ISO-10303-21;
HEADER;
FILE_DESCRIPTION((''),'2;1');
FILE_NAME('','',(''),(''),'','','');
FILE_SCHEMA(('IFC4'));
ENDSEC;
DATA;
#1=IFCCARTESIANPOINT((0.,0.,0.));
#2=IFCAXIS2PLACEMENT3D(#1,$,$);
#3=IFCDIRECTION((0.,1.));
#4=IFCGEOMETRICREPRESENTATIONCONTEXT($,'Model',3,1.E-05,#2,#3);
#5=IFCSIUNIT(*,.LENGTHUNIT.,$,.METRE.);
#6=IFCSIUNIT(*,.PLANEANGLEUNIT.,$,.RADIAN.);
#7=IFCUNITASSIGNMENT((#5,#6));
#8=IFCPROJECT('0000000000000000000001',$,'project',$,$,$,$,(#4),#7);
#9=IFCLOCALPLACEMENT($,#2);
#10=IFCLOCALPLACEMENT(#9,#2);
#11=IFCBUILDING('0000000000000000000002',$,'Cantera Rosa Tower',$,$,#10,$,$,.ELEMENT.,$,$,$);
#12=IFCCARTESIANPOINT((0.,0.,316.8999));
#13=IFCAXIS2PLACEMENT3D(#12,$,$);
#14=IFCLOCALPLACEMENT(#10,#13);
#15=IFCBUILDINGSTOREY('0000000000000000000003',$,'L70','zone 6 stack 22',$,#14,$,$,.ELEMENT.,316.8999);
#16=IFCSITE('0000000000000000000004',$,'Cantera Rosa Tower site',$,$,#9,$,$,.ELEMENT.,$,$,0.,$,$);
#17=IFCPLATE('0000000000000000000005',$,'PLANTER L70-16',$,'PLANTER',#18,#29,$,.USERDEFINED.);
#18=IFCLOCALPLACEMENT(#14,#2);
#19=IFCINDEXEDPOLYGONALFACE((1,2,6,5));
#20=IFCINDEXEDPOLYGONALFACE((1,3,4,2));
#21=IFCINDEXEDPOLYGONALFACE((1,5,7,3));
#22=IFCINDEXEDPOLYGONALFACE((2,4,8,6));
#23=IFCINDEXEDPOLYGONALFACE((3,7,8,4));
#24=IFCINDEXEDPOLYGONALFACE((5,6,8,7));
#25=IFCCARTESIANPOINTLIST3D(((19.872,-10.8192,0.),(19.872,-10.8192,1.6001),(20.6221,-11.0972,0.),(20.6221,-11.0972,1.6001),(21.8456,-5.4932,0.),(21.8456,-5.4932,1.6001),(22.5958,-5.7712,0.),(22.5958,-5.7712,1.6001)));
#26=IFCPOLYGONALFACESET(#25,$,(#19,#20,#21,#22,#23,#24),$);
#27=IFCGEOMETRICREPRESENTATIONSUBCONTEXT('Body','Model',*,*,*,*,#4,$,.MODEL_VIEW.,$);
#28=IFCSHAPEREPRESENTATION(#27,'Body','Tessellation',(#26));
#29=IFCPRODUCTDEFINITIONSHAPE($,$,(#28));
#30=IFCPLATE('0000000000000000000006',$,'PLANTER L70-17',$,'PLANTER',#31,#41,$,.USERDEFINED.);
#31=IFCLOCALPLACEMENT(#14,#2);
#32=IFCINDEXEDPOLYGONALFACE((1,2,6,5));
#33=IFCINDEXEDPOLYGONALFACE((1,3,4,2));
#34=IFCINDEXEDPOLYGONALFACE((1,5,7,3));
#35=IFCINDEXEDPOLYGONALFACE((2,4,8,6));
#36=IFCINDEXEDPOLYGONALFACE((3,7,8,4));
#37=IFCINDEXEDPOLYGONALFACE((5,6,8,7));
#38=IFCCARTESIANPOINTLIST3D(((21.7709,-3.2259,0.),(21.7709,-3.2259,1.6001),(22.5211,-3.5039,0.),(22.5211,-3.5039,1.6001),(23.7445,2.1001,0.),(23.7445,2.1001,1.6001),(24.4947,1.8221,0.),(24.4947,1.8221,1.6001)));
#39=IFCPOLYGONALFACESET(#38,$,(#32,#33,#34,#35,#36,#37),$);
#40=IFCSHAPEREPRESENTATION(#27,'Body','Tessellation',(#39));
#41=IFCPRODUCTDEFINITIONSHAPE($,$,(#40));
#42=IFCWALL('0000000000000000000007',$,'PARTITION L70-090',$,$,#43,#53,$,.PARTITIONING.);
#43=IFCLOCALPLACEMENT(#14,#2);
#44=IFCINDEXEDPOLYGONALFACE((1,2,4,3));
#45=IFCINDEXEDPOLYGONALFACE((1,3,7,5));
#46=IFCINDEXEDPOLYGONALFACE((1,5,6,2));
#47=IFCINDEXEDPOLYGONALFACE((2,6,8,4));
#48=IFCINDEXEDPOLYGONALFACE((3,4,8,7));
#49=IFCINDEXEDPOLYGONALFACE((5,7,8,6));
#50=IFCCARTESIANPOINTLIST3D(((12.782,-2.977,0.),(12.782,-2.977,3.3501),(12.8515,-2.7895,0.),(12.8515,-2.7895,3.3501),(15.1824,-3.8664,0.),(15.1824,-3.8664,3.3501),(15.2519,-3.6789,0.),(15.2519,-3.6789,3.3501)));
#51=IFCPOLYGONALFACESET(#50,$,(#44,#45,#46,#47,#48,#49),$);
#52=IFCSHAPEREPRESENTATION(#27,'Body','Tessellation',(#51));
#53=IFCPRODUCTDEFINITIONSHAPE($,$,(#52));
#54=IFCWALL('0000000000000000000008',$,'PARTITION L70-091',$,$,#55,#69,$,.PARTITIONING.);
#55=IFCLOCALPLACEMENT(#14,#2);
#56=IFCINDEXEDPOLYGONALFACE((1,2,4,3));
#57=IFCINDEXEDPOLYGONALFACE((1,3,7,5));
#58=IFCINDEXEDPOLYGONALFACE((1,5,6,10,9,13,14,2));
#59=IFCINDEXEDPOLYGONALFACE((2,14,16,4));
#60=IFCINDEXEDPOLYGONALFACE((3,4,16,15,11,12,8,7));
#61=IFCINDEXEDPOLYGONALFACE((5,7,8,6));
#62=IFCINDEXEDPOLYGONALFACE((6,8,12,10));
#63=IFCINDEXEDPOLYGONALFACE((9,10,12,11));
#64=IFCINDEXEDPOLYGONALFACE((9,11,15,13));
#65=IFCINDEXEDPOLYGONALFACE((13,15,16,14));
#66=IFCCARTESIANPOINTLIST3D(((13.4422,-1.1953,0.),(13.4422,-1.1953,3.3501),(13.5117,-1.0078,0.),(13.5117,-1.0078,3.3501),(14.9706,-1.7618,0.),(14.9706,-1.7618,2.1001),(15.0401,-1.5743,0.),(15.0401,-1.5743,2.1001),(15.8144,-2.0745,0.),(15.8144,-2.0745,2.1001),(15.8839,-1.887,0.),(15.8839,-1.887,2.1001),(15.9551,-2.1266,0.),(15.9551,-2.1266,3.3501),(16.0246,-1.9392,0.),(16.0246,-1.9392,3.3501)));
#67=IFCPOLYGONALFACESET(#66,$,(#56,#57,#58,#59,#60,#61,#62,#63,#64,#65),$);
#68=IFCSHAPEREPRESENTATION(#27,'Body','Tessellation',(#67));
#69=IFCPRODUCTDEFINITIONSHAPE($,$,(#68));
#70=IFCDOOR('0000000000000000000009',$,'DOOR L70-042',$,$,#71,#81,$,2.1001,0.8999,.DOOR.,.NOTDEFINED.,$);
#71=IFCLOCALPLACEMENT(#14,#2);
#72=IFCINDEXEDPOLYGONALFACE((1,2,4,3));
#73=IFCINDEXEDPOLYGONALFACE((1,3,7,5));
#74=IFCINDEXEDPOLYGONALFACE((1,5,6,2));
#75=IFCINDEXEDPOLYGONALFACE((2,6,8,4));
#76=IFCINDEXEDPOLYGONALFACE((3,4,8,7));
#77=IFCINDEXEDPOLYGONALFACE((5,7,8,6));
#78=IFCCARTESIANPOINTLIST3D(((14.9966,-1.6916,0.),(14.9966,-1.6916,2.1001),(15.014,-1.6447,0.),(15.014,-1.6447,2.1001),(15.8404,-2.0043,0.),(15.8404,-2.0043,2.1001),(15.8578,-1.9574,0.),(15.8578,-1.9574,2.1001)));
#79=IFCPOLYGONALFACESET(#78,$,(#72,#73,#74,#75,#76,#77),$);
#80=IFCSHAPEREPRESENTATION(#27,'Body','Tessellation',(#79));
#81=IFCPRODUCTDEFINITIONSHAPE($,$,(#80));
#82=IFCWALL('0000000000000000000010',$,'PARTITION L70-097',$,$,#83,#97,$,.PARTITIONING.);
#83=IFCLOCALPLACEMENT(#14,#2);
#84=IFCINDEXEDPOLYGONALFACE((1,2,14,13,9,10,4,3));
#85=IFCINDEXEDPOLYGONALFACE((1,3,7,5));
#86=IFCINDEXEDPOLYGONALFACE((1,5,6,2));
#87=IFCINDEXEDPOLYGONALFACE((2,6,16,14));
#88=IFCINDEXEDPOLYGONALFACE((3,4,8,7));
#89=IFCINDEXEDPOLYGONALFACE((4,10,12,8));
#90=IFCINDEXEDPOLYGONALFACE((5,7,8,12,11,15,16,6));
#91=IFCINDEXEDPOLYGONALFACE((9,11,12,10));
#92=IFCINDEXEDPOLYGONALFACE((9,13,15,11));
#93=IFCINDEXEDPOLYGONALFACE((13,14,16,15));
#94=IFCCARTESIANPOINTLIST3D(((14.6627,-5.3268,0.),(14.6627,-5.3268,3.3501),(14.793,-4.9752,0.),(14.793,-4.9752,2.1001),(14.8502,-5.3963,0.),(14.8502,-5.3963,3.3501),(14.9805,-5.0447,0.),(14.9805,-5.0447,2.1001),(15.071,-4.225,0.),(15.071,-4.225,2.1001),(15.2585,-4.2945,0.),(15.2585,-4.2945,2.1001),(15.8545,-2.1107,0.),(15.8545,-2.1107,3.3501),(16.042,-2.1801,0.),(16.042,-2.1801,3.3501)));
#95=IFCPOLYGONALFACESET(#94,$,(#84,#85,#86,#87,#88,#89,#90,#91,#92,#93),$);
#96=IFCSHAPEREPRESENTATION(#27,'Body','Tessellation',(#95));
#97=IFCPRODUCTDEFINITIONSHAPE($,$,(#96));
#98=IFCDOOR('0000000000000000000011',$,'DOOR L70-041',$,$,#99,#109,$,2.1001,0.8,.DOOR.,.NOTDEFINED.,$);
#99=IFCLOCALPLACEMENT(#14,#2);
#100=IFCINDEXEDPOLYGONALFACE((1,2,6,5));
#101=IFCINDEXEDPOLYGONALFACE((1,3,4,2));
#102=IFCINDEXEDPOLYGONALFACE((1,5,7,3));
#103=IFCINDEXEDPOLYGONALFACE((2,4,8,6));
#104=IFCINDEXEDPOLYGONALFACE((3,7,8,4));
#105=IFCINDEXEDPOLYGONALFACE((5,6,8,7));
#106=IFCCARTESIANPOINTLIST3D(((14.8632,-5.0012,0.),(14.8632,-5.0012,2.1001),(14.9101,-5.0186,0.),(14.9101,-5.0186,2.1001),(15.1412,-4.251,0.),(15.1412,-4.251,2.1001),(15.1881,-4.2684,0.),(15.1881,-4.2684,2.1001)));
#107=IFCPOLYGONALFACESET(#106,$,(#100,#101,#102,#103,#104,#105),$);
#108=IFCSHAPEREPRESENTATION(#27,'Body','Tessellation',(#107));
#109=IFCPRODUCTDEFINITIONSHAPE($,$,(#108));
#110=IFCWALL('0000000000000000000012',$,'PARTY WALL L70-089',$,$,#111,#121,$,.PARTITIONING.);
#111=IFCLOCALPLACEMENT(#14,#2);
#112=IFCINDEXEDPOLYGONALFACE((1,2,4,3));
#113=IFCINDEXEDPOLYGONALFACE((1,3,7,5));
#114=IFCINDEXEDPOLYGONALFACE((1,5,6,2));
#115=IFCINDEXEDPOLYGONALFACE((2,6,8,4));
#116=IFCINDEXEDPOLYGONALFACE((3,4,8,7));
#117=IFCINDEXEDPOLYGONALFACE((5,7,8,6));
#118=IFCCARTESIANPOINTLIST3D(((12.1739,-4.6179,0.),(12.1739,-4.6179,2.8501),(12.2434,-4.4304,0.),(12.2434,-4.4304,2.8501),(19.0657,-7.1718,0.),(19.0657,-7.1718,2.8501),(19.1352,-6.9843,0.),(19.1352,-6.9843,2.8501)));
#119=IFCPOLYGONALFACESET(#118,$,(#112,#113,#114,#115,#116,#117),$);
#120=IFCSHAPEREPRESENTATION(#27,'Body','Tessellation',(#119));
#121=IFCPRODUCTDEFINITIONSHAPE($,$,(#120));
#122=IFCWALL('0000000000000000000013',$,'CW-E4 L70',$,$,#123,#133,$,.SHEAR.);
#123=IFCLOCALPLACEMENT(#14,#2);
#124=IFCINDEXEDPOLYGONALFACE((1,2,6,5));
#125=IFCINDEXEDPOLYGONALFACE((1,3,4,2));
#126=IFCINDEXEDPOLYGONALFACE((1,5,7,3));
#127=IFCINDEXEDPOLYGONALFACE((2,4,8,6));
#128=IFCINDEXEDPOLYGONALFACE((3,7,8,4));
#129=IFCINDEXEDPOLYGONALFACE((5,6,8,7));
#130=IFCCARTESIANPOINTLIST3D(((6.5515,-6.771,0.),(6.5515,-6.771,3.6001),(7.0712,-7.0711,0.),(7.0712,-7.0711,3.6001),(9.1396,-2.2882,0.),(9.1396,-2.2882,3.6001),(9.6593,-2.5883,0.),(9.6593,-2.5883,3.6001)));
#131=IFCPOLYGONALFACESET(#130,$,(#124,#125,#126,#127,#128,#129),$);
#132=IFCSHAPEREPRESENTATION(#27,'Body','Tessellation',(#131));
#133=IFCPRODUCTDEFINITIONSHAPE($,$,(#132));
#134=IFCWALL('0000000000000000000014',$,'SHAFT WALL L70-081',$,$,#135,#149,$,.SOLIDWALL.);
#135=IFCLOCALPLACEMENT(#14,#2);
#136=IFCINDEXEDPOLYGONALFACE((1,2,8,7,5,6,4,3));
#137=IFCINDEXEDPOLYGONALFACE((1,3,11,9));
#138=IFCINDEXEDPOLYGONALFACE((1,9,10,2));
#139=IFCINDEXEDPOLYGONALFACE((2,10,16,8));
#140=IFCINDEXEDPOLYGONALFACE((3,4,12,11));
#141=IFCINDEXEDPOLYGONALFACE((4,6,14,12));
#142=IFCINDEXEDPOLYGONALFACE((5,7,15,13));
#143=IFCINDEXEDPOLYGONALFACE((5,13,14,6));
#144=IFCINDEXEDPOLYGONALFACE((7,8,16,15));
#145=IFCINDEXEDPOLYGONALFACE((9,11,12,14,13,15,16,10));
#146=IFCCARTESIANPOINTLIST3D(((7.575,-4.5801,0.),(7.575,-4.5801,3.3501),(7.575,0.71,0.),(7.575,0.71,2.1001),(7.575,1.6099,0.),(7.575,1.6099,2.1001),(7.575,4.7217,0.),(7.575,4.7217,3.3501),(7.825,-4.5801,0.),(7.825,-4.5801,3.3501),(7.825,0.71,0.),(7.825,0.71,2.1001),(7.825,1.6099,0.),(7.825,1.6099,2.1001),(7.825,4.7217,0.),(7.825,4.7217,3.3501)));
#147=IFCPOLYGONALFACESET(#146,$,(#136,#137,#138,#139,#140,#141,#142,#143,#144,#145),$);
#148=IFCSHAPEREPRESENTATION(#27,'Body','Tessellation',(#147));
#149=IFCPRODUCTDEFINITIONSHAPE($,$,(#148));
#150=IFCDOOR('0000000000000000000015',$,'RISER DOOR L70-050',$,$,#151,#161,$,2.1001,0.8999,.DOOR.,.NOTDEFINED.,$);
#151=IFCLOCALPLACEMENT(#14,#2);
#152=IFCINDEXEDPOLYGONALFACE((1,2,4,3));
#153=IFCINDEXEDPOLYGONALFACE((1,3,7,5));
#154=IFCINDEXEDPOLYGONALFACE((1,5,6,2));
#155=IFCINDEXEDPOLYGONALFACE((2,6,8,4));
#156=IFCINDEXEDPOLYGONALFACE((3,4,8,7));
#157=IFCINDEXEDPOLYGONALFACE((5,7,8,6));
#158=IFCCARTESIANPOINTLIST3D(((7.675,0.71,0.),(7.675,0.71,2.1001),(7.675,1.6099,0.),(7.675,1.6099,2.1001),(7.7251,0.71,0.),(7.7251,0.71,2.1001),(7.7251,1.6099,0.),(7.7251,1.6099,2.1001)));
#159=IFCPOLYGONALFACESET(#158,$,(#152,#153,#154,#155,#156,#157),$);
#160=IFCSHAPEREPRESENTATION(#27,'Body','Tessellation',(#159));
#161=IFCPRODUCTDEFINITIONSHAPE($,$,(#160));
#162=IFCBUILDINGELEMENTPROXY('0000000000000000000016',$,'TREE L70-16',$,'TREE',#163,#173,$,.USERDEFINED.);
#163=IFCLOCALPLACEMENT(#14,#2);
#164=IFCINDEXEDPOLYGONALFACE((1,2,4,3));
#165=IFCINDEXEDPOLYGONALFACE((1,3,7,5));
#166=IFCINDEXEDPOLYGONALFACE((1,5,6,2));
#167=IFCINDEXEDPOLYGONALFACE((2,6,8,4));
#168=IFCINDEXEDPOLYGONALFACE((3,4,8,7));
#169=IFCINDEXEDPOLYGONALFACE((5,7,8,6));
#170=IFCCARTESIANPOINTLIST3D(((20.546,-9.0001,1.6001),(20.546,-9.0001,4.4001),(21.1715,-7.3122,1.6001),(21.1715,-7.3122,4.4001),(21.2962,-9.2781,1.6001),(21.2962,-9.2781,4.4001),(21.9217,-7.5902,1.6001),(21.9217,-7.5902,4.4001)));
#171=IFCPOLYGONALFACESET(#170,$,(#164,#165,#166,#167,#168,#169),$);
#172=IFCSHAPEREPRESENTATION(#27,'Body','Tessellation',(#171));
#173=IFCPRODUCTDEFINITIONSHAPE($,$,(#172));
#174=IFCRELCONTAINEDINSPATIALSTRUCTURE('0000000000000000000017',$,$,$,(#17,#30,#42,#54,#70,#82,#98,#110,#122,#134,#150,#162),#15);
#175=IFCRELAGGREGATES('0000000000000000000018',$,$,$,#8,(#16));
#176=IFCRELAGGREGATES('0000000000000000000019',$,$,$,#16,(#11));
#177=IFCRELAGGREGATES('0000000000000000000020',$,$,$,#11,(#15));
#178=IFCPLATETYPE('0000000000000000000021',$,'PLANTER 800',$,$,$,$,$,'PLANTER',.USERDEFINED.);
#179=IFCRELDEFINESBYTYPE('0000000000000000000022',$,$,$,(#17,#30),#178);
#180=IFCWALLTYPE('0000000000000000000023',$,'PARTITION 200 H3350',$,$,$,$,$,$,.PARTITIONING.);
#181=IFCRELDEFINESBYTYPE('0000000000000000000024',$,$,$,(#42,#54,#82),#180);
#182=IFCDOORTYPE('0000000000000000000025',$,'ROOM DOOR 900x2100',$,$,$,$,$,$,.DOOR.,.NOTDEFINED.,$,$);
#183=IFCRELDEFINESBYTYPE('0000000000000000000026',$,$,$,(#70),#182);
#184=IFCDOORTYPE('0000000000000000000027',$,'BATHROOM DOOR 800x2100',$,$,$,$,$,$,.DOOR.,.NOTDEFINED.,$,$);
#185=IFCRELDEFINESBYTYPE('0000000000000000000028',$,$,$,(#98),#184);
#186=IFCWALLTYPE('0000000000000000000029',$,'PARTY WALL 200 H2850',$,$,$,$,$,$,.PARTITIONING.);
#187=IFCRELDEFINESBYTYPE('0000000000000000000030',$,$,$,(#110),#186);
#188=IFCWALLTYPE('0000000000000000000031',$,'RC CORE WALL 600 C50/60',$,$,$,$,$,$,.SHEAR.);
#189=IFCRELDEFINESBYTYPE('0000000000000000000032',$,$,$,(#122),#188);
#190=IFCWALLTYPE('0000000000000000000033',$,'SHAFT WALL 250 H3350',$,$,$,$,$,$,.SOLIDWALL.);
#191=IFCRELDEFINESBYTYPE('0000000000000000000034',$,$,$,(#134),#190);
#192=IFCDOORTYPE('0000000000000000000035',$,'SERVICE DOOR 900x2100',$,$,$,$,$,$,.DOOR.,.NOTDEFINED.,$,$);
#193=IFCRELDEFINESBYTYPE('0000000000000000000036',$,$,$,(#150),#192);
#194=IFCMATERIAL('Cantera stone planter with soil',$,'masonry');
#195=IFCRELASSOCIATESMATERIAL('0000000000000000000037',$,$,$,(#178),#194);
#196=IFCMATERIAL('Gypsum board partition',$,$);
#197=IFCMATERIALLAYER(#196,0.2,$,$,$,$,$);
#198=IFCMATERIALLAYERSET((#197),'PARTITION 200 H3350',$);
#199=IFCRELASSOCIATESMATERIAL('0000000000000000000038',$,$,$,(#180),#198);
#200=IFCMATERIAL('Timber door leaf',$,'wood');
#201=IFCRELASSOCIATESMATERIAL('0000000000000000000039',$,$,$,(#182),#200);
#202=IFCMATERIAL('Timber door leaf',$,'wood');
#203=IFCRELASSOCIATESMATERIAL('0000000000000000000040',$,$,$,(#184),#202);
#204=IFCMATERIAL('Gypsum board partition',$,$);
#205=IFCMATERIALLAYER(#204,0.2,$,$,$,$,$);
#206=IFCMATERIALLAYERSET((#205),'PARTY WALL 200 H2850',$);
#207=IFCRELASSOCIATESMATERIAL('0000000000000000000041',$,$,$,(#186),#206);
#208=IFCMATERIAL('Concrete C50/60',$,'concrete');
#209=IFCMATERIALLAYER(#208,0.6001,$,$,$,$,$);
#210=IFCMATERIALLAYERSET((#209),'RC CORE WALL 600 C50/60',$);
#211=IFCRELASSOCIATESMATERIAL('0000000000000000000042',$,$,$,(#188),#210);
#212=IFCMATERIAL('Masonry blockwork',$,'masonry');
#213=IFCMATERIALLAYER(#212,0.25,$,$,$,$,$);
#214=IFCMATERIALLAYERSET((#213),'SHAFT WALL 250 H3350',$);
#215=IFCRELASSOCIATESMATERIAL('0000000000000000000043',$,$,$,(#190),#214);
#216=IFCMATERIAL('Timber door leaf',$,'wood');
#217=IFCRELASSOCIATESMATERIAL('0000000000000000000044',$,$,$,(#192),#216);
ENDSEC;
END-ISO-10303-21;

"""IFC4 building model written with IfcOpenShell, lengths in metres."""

from ifc_helpers import new_model, si_unit, direction, frame, frame_2d, origin, origin_2d, place, context, subcontext, project, spatial, rectangle, extrude, material, layer, layer_set, type_object, element, fill, save


model = new_model("IFC4")

# Units and contexts
model_context = context("Model", 3, precision=1e-05, world=origin(), true_north=direction((0.0, 1.0)))
body_context = subcontext(model_context, "Body", "Model", "MODEL_VIEW")
ifc_project = project(units=[si_unit("LENGTHUNIT", "METRE"), si_unit("PLANEANGLEUNIT", "RADIAN")], contexts=[model_context])

# Site, building, storey
site_placement = place(None, origin())
site = spatial("IfcSite", under=ifc_project, at=site_placement, Name="Cantera Rosa Tower site", CompositionType="ELEMENT", RefElevation=0.0)
building_placement = place(site_placement, origin())
building = spatial("IfcBuilding", under=site, at=building_placement, Name="Cantera Rosa Tower", CompositionType="ELEMENT")
storey_placement = place(building_placement, frame((0.0, 0.0, 316.8999)))
storey = spatial("IfcBuildingStorey", under=building, at=storey_placement, Name="L70", Description="zone 6 stack 22", CompositionType="ELEMENT", Elevation=316.8999)

# Plates
ifc_material_1 = material(Name="Cantera stone planter with soil", Category="masonry")
plate_type = type_object("IfcPlateType", Name="PLANTER 800", ElementType="PLANTER", PredefinedType="USERDEFINED", material=ifc_material_1)
for number, where, z_axis, x_axis, name in (
    (1, (21.2339, -8.2952, 0.0), (0.0, 0.0, 1.0), (0.347481, 0.937687, 0.0), "PLANTER L70-16"),
    (2, (23.1328, -0.7019, 0.0), (0.0, 0.0, 1.0), (0.347481, 0.937687, 0.0), "PLANTER L70-17"),
):
    element("IfcPlate", number, at=place(storey_placement, frame(where, z_axis=z_axis, x_axis=x_axis)), inside=storey, type_object=plate_type, Name=name, ObjectType="PLANTER", PredefinedType="USERDEFINED", context=body_context, shape_type="SweptSolid", body=[
        extrude(rectangle(XDim=5.6799, YDim=0.8, at=origin_2d()), origin(), (0.0, 0.0, 1.0), 1.6001),
    ])

# Wall
ifc_material_2 = material(Name="Gypsum board partition")
ifc_layer_1 = layer(ifc_material_2, 0.2)
ifc_layer_set_1 = layer_set([ifc_layer_1], Name="PARTITION 200 H3350")
wall_type_1 = type_object("IfcWallType", Name="PARTITION 200 H3350", PredefinedType="PARTITIONING", material=ifc_layer_set_1)
wall_1_placement = place(storey_placement, frame((12.8169, -2.8833, 0.0), z_axis=(0.0, 0.0, 1.0), x_axis=(0.937702, -0.347442, 0.0)))
element("IfcWall", 3, at=wall_1_placement, inside=storey, type_object=wall_type_1, Name="PARTITION L70-090", PredefinedType="PARTITIONING", context=body_context, shape_type="SweptSolid", body=[
    extrude(rectangle(XDim=2.5598, YDim=0.2, at=frame_2d((1.2798, 0.0))), origin(), (0.0, 0.0, 1.0), 3.3501),
])

# Walls, openings, doors
wall_2_placement = place(storey_placement, frame((13.4771, -1.1016, 0.0), z_axis=(0.0, 0.0, 1.0), x_axis=(0.937666, -0.347537, 0.0)))
wall_2 = element("IfcWall", 4, at=wall_2_placement, inside=storey, type_object=wall_type_1, Name="PARTITION L70-091", PredefinedType="PARTITIONING", context=body_context, shape_type="SweptSolid", body=[
    extrude(rectangle(XDim=2.6799, YDim=0.2, at=frame_2d((1.3398, 0.0))), origin(), (0.0, 0.0, 1.0), 3.3501),
])
opening_1_placement = place(wall_2_placement, frame((1.6299, 0.0, 0.0)))
opening_1 = element("IfcOpeningElement", 5, at=opening_1_placement, cuts=wall_2, PredefinedType="OPENING", context=body_context, shape_type="SweptSolid", body=[
    extrude(rectangle(XDim=0.8999, YDim=2.1001, at=frame_2d((0.45, 1.05))), frame((0.0, 0.1099, 0.0), z_axis=(0.0, -1.0, 0.0), x_axis=(1.0, 0.0, 0.0)), (0.0, 0.0, 1.0), 0.22),
])
ifc_material_3 = material(Name="Timber door leaf", Category="wood")
door_type_1 = type_object("IfcDoorType", Name="ROOM DOOR 900x2100", OperationType="NOTDEFINED", PredefinedType="DOOR", material=ifc_material_3)
door_1_placement = place(opening_1_placement, origin())
door_1 = element("IfcDoor", 6, at=door_1_placement, inside=storey, type_object=door_type_1, Name="DOOR L70-042", OperationType="NOTDEFINED", OverallHeight=2.1001, OverallWidth=0.8999, PredefinedType="DOOR", context=body_context, shape_type="SweptSolid", body=[
    extrude(rectangle(XDim=0.8999, YDim=2.1001, at=frame_2d((0.45, 1.05))), frame((0.0, 0.0249, 0.0), z_axis=(0.0, -1.0, 0.0), x_axis=(1.0, 0.0, 0.0)), (0.0, 0.0, 1.0), 0.05),
])
fill(opening_1, door_1)
wall_3_placement = place(storey_placement, frame((15.9482, -2.1455, 0.0), z_axis=(0.0, 0.0, 1.0), x_axis=(-0.347486, -0.937685, 0.0)))
wall_3 = element("IfcWall", 7, at=wall_3_placement, inside=storey, type_object=wall_type_1, Name="PARTITION L70-097", PredefinedType="PARTITIONING", context=body_context, shape_type="SweptSolid", body=[
    extrude(rectangle(XDim=3.4299, YDim=0.2, at=frame_2d((1.7148, 0.0))), origin(), (0.0, 0.0, 1.0), 3.3501),
])
opening_2_placement = place(wall_3_placement, frame((2.2549, 0.0, 0.0)))
opening_2 = element("IfcOpeningElement", 8, at=opening_2_placement, cuts=wall_3, PredefinedType="OPENING", context=body_context, shape_type="SweptSolid", body=[
    extrude(rectangle(XDim=0.8, YDim=2.1001, at=frame_2d((0.3999, 1.05))), frame((0.0, 0.1099, 0.0), z_axis=(0.0, -1.0, 0.0), x_axis=(1.0, 0.0, 0.0)), (0.0, 0.0, 1.0), 0.22),
])
ifc_material_4 = material(Name="Timber door leaf", Category="wood")
door_type_2 = type_object("IfcDoorType", Name="BATHROOM DOOR 800x2100", OperationType="NOTDEFINED", PredefinedType="DOOR", material=ifc_material_4)
door_2_placement = place(opening_2_placement, origin())
door_2 = element("IfcDoor", 9, at=door_2_placement, inside=storey, type_object=door_type_2, Name="DOOR L70-041", OperationType="NOTDEFINED", OverallHeight=2.1001, OverallWidth=0.8, PredefinedType="DOOR", context=body_context, shape_type="SweptSolid", body=[
    extrude(rectangle(XDim=0.8, YDim=2.1001, at=frame_2d((0.3999, 1.05))), frame((0.0, 0.0249, 0.0), z_axis=(0.0, -1.0, 0.0), x_axis=(1.0, 0.0, 0.0)), (0.0, 0.0, 1.0), 0.05),
])
fill(opening_2, door_2)

# Walls
ifc_material_5 = material(Name="Gypsum board partition")
ifc_layer_2 = layer(ifc_material_5, 0.2)
ifc_layer_set_2 = layer_set([ifc_layer_2], Name="PARTY WALL 200 H2850")
wall_type_2 = type_object("IfcWallType", Name="PARTY WALL 200 H2850", PredefinedType="PARTITIONING", material=ifc_layer_set_2)
wall_4_placement = place(storey_placement, frame((12.2087, -4.5242, 0.0), z_axis=(0.0, 0.0, 1.0), x_axis=(0.937686, -0.347484, 0.0)))
element("IfcWall", 10, at=wall_4_placement, inside=storey, type_object=wall_type_2, Name="PARTY WALL L70-089", PredefinedType="PARTITIONING", context=body_context, shape_type="SweptSolid", body=[
    extrude(rectangle(XDim=7.3499, YDim=0.2, at=frame_2d((3.6748, 0.0))), origin(), (0.0, 0.0, 1.0), 2.8501),
])
ifc_material_6 = material(Name="Concrete C50/60", Category="concrete")
ifc_layer_3 = layer(ifc_material_6, 0.6001)
ifc_layer_set_3 = layer_set([ifc_layer_3], Name="RC CORE WALL 600 C50/60")
wall_type_3 = type_object("IfcWallType", Name="RC CORE WALL 600 C50/60", PredefinedType="SHEAR", material=ifc_layer_set_3)
wall_5_placement = place(storey_placement, frame((9.3994, -2.4382, 0.0), z_axis=(0.0, 0.0, 1.0), x_axis=(-0.499989, -0.866032, 0.0)))
element("IfcWall", 11, at=wall_5_placement, inside=storey, type_object=wall_type_3, Name="CW-E4 L70", PredefinedType="SHEAR", context=body_context, shape_type="SweptSolid", body=[
    extrude(rectangle(XDim=5.1763, YDim=0.6001, at=frame_2d((2.5881, 0.0))), origin(), (0.0, 0.0, 1.0), 3.6001),
])
ifc_material_7 = material(Name="Masonry blockwork", Category="masonry")
ifc_layer_4 = layer(ifc_material_7, 0.25)
ifc_layer_set_4 = layer_set([ifc_layer_4], Name="SHAFT WALL 250 H3350")
wall_type_4 = type_object("IfcWallType", Name="SHAFT WALL 250 H3350", PredefinedType="SOLIDWALL", material=ifc_layer_set_4)

# Wall, opening, door
wall_6_placement = place(storey_placement, frame((7.7, -4.5801, 0.0), z_axis=(0.0, 0.0, 1.0), x_axis=(0.0, 1.0, 0.0)))
wall_6 = element("IfcWall", 12, at=wall_6_placement, inside=storey, type_object=wall_type_4, Name="SHAFT WALL L70-081", PredefinedType="SOLIDWALL", context=body_context, shape_type="SweptSolid", body=[
    extrude(rectangle(XDim=9.3018, YDim=0.25, at=frame_2d((4.6509, 0.0))), origin(), (0.0, 0.0, 1.0), 3.3501),
])
opening_3_placement = place(wall_6_placement, frame((5.29, 0.0, 0.0)))
opening_3 = element("IfcOpeningElement", 13, at=opening_3_placement, cuts=wall_6, PredefinedType="OPENING", context=body_context, shape_type="SweptSolid", body=[
    extrude(rectangle(XDim=0.8999, YDim=2.1001, at=frame_2d((0.45, 1.05))), frame((0.0, 0.135, 0.0), z_axis=(0.0, -1.0, 0.0), x_axis=(1.0, 0.0, 0.0)), (0.0, 0.0, 1.0), 0.27),
])
ifc_material_8 = material(Name="Timber door leaf", Category="wood")
door_type_3 = type_object("IfcDoorType", Name="SERVICE DOOR 900x2100", OperationType="NOTDEFINED", PredefinedType="DOOR", material=ifc_material_8)
door_3_placement = place(opening_3_placement, origin())
door_3 = element("IfcDoor", 14, at=door_3_placement, inside=storey, type_object=door_type_3, Name="RISER DOOR L70-050", OperationType="NOTDEFINED", OverallHeight=2.1001, OverallWidth=0.8999, PredefinedType="DOOR", context=body_context, shape_type="SweptSolid", body=[
    extrude(rectangle(XDim=0.8999, YDim=2.1001, at=frame_2d((0.45, 1.05))), frame((0.0, 0.0249, 0.0), z_axis=(0.0, -1.0, 0.0), x_axis=(1.0, 0.0, 0.0)), (0.0, 0.0, 1.0), 0.05),
])
fill(opening_3, door_3)

# Building element proxy
proxy_placement = place(storey_placement, frame((21.2339, -8.2952, 1.6001), z_axis=(0.0, 0.0, 1.0), x_axis=(0.347481, 0.937687, 0.0)))
element("IfcBuildingElementProxy", 15, at=proxy_placement, inside=storey, Name="TREE L70-16", ObjectType="TREE", PredefinedType="USERDEFINED", context=body_context, shape_type="SweptSolid", body=[
    extrude(rectangle(XDim=1.8, YDim=0.8, at=origin_2d()), origin(), (0.0, 0.0, 1.0), 2.8),
])

save(model, "model.ifc")
